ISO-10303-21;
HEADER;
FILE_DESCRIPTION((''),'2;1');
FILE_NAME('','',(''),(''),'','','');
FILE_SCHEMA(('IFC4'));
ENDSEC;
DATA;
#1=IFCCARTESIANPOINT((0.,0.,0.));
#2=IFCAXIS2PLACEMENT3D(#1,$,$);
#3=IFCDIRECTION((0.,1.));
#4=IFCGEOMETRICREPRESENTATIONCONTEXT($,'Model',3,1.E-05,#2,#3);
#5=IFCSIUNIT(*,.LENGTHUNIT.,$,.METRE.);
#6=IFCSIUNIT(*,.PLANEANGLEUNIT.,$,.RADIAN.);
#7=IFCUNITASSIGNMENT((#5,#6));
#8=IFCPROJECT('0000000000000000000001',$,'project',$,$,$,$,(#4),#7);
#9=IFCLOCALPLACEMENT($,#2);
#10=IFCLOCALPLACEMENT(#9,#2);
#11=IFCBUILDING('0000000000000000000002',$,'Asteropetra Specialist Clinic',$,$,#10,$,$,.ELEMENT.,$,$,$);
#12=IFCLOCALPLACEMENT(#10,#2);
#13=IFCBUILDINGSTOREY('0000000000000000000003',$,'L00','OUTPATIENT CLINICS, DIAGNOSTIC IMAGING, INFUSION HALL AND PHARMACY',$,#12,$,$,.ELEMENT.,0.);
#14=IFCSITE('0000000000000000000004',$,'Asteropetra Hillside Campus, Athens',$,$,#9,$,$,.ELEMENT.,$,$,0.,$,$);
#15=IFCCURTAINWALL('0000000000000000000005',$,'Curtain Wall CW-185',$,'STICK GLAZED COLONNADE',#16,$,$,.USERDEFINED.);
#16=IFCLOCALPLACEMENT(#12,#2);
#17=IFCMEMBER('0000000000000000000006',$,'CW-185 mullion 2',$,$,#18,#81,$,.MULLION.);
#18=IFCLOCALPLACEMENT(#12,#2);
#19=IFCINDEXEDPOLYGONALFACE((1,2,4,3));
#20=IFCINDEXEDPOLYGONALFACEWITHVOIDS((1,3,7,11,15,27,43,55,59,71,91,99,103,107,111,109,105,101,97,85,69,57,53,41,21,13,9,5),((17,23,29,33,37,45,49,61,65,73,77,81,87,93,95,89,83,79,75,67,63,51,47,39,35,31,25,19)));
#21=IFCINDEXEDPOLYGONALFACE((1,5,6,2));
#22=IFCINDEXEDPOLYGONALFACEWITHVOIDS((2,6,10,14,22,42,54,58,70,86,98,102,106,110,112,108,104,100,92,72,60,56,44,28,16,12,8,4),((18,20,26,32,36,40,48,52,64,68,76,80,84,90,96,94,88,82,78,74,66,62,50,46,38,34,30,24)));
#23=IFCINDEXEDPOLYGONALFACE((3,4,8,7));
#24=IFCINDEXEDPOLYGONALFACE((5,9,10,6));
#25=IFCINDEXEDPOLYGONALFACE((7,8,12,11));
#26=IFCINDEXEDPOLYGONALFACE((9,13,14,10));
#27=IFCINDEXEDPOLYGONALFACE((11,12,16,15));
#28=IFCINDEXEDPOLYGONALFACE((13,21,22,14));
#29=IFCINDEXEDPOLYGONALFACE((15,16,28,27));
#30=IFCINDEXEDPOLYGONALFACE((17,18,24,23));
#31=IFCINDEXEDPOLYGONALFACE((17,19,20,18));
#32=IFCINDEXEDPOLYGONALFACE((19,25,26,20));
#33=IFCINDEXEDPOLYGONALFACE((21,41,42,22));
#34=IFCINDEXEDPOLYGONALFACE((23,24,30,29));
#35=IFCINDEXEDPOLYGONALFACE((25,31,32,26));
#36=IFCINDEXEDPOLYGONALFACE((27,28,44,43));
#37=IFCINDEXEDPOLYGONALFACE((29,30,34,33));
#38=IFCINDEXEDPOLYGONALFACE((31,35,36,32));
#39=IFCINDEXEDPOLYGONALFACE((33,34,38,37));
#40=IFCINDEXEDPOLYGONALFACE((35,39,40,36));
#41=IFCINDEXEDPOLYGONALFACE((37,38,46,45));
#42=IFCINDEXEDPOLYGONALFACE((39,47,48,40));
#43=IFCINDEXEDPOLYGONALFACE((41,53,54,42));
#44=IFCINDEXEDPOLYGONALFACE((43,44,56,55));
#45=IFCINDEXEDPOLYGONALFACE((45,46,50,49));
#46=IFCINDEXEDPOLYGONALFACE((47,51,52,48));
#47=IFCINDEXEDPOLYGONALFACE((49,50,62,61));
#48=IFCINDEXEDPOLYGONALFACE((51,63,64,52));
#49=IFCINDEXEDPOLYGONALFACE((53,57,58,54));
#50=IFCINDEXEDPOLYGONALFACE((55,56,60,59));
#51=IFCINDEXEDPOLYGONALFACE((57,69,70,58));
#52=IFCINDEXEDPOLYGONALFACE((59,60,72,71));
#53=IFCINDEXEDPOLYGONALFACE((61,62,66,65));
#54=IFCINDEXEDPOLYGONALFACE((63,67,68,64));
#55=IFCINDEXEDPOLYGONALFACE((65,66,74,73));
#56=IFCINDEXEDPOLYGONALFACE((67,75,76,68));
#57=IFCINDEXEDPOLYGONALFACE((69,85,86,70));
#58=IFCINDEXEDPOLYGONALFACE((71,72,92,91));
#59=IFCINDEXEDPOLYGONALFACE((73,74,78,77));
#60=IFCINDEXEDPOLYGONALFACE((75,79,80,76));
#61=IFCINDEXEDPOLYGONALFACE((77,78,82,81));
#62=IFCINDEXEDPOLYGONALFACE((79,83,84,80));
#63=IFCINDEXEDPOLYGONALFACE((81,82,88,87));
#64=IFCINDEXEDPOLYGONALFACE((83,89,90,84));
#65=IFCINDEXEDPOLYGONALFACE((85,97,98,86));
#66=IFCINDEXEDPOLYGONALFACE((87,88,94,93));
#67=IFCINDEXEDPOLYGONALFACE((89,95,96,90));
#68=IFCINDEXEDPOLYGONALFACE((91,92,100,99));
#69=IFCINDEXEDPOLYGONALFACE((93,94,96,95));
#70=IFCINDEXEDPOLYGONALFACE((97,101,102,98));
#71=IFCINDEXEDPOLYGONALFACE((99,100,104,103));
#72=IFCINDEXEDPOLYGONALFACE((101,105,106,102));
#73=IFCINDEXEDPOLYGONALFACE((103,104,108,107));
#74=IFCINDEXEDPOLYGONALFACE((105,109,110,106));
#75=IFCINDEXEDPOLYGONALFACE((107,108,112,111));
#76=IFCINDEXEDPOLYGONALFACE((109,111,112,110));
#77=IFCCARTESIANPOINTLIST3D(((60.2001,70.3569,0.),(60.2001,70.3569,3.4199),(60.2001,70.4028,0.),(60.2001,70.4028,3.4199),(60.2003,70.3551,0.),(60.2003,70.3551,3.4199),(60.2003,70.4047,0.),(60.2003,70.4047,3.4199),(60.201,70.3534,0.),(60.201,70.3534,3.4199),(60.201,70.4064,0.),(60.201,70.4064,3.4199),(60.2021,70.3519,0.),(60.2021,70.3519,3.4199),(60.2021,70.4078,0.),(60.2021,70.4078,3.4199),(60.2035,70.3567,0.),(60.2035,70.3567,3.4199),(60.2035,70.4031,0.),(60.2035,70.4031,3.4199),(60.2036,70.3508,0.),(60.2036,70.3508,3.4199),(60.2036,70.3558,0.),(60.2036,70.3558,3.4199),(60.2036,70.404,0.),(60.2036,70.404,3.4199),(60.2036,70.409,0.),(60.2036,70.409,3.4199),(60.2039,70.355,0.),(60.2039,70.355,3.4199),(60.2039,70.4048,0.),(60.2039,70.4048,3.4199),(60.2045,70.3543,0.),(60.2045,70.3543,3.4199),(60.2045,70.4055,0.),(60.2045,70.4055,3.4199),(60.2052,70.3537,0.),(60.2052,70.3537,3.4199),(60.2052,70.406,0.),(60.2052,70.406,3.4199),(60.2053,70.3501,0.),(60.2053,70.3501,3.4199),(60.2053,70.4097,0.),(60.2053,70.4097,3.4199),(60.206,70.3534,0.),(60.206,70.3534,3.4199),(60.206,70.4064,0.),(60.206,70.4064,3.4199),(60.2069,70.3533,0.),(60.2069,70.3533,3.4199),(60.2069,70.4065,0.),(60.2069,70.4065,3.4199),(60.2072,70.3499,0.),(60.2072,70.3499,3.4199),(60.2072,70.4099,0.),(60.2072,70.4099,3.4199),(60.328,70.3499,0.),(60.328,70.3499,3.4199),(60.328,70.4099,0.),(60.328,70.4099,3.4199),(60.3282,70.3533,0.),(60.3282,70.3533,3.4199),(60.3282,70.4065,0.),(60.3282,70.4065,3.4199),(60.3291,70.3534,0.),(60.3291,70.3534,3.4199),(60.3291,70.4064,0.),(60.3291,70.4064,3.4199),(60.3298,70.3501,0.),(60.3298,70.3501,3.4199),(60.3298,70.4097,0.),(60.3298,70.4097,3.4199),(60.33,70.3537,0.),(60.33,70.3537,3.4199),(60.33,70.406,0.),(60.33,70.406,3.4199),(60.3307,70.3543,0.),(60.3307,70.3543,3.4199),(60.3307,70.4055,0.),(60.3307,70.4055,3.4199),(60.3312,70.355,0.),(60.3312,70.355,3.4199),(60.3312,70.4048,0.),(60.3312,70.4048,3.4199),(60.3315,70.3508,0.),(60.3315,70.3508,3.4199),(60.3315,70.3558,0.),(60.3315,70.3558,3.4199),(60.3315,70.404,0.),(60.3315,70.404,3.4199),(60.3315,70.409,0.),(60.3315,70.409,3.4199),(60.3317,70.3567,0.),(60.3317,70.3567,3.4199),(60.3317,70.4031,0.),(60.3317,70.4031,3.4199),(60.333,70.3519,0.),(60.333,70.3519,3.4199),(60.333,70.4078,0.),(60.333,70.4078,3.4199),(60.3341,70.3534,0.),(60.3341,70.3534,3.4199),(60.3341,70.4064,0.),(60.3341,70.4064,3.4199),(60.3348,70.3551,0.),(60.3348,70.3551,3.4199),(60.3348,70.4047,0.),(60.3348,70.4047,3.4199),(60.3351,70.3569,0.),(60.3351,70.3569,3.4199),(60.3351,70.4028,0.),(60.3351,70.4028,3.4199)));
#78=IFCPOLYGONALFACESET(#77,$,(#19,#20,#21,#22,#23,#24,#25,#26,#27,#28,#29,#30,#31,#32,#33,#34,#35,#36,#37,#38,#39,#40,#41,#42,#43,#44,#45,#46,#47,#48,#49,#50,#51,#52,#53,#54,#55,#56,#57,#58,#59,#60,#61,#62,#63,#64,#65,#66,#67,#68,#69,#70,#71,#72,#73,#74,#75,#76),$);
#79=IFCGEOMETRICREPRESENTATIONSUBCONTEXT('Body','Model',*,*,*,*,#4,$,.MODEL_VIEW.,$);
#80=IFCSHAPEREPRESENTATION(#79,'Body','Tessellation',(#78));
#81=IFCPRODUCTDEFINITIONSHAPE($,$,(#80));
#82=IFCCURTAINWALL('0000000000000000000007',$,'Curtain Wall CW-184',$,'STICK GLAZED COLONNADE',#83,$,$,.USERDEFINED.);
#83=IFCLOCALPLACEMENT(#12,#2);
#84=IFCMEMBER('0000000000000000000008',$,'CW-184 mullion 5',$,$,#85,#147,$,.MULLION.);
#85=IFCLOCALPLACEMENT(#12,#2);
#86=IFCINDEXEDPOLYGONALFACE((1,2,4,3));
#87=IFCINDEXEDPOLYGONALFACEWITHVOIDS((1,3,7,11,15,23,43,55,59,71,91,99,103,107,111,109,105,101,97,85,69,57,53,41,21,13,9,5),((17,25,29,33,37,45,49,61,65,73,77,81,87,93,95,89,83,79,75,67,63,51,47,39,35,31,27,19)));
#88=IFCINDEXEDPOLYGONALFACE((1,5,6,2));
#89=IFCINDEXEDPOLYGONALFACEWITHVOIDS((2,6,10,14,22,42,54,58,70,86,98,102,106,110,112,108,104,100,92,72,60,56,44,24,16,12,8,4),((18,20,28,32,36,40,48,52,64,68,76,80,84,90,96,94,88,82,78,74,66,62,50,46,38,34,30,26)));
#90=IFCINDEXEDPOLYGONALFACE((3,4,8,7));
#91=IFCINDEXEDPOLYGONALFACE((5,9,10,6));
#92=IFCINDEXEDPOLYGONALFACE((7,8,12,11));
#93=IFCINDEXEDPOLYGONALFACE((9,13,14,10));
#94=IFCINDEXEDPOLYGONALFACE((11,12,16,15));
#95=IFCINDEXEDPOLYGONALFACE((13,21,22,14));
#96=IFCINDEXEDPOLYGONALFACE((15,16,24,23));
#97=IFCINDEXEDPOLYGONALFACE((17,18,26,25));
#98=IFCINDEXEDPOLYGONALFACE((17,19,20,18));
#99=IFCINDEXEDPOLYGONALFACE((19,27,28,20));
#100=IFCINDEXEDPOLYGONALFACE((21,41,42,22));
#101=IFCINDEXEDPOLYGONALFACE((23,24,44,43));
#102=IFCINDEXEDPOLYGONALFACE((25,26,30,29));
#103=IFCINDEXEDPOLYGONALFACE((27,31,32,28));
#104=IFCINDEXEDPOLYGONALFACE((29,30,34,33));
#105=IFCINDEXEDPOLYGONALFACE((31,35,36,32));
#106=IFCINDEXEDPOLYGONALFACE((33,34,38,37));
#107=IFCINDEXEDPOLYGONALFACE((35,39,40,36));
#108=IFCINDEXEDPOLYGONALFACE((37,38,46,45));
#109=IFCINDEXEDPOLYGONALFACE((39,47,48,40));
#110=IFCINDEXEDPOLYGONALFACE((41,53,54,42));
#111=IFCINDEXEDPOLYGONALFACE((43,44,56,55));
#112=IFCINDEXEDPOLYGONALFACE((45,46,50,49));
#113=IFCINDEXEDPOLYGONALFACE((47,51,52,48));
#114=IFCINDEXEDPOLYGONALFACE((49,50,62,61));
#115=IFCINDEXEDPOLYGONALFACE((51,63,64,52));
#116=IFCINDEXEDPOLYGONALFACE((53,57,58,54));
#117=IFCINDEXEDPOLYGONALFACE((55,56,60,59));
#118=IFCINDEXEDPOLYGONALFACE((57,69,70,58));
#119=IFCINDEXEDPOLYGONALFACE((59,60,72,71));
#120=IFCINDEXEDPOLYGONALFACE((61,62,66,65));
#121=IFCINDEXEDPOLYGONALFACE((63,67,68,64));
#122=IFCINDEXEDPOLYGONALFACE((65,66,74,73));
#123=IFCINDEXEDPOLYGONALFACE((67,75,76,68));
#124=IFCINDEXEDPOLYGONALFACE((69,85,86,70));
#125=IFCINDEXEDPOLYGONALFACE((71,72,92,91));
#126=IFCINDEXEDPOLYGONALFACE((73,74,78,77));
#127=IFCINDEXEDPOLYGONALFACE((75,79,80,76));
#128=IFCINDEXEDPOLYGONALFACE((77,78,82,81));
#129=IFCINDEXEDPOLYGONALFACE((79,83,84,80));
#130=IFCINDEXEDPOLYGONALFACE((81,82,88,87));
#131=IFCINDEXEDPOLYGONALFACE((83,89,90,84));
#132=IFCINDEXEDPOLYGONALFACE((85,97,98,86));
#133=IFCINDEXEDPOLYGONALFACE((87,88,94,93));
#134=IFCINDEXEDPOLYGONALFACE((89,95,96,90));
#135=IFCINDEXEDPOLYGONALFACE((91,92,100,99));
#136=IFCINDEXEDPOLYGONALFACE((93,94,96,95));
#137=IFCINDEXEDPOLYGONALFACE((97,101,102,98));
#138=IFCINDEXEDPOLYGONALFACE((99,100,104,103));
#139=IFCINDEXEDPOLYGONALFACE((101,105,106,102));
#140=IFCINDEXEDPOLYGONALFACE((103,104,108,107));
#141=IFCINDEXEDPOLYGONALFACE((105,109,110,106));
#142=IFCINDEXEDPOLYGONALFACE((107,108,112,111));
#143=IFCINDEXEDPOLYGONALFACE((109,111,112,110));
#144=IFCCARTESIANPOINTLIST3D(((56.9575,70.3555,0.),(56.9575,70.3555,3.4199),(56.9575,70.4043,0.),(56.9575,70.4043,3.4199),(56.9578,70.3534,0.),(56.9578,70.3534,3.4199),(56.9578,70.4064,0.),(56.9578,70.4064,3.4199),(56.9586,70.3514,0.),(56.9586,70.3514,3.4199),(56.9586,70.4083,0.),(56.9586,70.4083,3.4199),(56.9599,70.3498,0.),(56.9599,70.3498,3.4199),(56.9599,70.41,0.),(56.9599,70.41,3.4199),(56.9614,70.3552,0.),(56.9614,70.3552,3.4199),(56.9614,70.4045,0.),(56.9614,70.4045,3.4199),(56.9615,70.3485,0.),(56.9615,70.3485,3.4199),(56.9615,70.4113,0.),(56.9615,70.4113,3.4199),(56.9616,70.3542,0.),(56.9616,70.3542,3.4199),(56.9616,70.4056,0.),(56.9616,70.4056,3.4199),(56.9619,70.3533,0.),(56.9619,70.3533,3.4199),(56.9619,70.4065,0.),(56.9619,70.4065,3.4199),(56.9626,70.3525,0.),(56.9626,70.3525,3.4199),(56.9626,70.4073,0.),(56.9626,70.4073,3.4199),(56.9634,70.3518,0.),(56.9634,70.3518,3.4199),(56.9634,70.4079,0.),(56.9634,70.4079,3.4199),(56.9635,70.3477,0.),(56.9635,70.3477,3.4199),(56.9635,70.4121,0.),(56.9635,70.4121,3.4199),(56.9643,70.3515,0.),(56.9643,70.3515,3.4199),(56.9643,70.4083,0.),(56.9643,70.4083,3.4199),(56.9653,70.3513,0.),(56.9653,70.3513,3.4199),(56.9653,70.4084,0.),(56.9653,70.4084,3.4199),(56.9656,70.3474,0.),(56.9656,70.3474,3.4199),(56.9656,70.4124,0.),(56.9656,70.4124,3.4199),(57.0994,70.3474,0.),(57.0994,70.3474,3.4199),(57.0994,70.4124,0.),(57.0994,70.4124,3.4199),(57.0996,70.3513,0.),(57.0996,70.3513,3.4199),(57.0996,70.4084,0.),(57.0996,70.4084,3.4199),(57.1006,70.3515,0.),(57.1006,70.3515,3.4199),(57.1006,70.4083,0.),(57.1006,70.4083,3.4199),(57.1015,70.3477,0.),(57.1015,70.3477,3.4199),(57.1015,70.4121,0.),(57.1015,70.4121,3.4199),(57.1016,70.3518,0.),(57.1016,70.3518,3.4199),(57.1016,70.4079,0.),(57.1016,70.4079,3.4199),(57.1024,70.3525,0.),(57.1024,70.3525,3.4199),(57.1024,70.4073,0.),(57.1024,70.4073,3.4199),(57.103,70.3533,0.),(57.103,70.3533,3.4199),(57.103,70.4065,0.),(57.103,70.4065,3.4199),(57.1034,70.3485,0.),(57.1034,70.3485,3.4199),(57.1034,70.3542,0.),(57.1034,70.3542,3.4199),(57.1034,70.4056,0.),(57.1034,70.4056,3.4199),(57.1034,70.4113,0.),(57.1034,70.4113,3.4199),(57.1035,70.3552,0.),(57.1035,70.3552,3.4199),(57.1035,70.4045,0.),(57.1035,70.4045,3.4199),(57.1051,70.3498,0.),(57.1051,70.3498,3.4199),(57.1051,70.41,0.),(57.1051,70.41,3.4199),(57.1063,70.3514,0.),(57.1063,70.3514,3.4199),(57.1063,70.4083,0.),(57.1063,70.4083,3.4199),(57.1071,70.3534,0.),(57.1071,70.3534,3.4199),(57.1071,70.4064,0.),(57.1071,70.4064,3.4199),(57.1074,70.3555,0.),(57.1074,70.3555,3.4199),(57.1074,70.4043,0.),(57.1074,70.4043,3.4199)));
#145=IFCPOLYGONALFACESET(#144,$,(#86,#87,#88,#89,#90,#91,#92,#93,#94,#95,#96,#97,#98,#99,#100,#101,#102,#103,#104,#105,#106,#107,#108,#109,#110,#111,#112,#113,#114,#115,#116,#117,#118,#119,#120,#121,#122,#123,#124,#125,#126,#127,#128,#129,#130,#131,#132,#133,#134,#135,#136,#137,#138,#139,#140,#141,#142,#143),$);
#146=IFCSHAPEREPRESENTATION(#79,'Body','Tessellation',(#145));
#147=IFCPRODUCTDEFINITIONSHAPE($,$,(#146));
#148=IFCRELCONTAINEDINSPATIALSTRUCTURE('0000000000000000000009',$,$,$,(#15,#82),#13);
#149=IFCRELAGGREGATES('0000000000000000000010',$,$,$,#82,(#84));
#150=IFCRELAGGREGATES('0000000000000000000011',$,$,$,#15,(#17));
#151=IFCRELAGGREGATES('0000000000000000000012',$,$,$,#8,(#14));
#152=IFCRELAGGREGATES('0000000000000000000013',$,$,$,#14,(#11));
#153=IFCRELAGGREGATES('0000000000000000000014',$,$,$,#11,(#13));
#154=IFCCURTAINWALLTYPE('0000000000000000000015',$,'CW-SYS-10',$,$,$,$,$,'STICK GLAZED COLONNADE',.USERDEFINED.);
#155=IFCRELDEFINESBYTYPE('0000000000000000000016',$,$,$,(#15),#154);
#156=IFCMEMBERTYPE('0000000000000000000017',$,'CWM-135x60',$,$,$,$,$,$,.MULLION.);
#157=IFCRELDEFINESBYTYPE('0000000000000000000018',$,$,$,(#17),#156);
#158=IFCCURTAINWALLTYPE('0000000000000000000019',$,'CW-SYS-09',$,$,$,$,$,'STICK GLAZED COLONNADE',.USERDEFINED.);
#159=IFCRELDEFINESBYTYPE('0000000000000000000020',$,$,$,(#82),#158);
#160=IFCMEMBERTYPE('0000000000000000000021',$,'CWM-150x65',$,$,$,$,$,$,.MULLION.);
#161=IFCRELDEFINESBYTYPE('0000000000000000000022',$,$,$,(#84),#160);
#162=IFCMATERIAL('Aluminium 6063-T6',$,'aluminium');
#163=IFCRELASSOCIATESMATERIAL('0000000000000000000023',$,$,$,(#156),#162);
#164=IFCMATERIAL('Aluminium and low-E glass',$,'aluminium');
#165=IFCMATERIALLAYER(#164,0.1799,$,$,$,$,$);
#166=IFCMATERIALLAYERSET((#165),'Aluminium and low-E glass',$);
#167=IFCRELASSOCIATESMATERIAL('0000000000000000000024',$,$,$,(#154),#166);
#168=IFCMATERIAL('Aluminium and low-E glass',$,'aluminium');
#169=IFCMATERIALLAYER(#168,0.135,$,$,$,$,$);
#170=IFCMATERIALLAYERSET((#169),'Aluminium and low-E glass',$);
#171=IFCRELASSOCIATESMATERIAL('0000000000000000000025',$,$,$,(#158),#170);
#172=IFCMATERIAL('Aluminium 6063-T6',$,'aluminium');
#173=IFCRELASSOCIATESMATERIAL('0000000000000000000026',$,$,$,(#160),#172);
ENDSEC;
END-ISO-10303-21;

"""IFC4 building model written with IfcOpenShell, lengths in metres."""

from ifc_helpers import new_model, si_unit, direction, frame, origin, origin_2d, place, context, subcontext, project, spatial, hollow_rectangle, extrude, material, layer, layer_set, material_profile, profile_set, type_object, element, aggregate, save


model = new_model("IFC4")

# Units and contexts
model_context = context("Model", 3, precision=1e-05, world=origin(), true_north=direction((0.0, 1.0)))
body_context = subcontext(model_context, "Body", "Model", "MODEL_VIEW")
ifc_project = project(units=[si_unit("LENGTHUNIT", "METRE"), si_unit("PLANEANGLEUNIT", "RADIAN")], contexts=[model_context])

# Site, building, storey
site_placement = place(None, origin())
site = spatial("IfcSite", under=ifc_project, at=site_placement, Name="Asteropetra Hillside Campus, Athens", CompositionType="ELEMENT", RefElevation=0.0)
building_placement = place(site_placement, origin())
building = spatial("IfcBuilding", under=site, at=building_placement, Name="Asteropetra Specialist Clinic", CompositionType="ELEMENT")
storey_placement = place(building_placement, origin())
storey = spatial("IfcBuildingStorey", under=building, at=storey_placement, Name="L00", Description="OUTPATIENT CLINICS, DIAGNOSTIC IMAGING, INFUSION HALL AND PHARMACY", CompositionType="ELEMENT", Elevation=0.0)

# Curtain wall, member
ifc_material_1 = material(Name="Aluminium 6063-T6", Category="aluminium")
ifc_material_profile_1 = material_profile(ifc_material_1, hollow_rectangle(XDim=0.0601, YDim=0.135, WallThickness=0.0034, InnerFilletRadius=0.0034, OuterFilletRadius=0.0071, at=origin_2d()), Name="MUL 135x60x3.5")
ifc_profile_set_1 = profile_set([ifc_material_profile_1], Name="Aluminium 6063-T6")
member_type_1 = type_object("IfcMemberType", Name="CWM-135x60", PredefinedType="MULLION", material=ifc_profile_set_1)
ifc_material_2 = material(Name="Aluminium and low-E glass", Category="aluminium")
ifc_layer_1 = layer(ifc_material_2, 0.1799)
ifc_layer_set_1 = layer_set([ifc_layer_1], Name="Aluminium and low-E glass")
curtain_wall_type_1 = type_object("IfcCurtainWallType", Name="CW-SYS-10", ElementType="STICK GLAZED COLONNADE", PredefinedType="USERDEFINED", material=ifc_layer_set_1)
curtain_wall_1_placement = place(storey_placement, origin())
curtain_wall_1 = element("IfcCurtainWall", 1, at=curtain_wall_1_placement, inside=storey, type_object=curtain_wall_type_1, Name="Curtain Wall CW-185", ObjectType="STICK GLAZED COLONNADE", PredefinedType="USERDEFINED")
member_1_placement = place(storey_placement, frame((60.2676, 70.3799, 0.0), z_axis=(0.0, 0.0, 1.0), x_axis=(0.0, 1.0, 0.0)))
member_1 = element("IfcMember", 2, at=member_1_placement, type_object=member_type_1, Name="CW-185 mullion 2", PredefinedType="MULLION", context=body_context, shape_type="SweptSolid", body=[
    extrude(hollow_rectangle(XDim=0.0601, YDim=0.135, WallThickness=0.0034, InnerFilletRadius=0.0034, OuterFilletRadius=0.0071, at=origin_2d()), origin(), (0.0, 0.0, 1.0), 3.4199),
])

# Curtain wall, member
ifc_material_3 = material(Name="Aluminium and low-E glass", Category="aluminium")
ifc_layer_2 = layer(ifc_material_3, 0.135)
ifc_layer_set_2 = layer_set([ifc_layer_2], Name="Aluminium and low-E glass")
curtain_wall_type_2 = type_object("IfcCurtainWallType", Name="CW-SYS-09", ElementType="STICK GLAZED COLONNADE", PredefinedType="USERDEFINED", material=ifc_layer_set_2)
curtain_wall_2_placement = place(storey_placement, origin())
curtain_wall_2 = element("IfcCurtainWall", 3, at=curtain_wall_2_placement, inside=storey, type_object=curtain_wall_type_2, Name="Curtain Wall CW-184", ObjectType="STICK GLAZED COLONNADE", PredefinedType="USERDEFINED")
ifc_material_4 = material(Name="Aluminium 6063-T6", Category="aluminium")
ifc_material_profile_2 = material_profile(ifc_material_4, hollow_rectangle(XDim=0.0649, YDim=0.1499, WallThickness=0.0039, InnerFilletRadius=0.0039, OuterFilletRadius=0.0081, at=origin_2d()), Name="MUL 150x65x4.0")
ifc_profile_set_2 = profile_set([ifc_material_profile_2], Name="Aluminium 6063-T6")
member_type_2 = type_object("IfcMemberType", Name="CWM-150x65", PredefinedType="MULLION", material=ifc_profile_set_2)
member_2_placement = place(storey_placement, frame((57.0325, 70.3799, 0.0), z_axis=(0.0, 0.0, 1.0), x_axis=(0.0, 1.0, 0.0)))
member_2 = element("IfcMember", 4, at=member_2_placement, type_object=member_type_2, Name="CW-184 mullion 5", PredefinedType="MULLION", context=body_context, shape_type="SweptSolid", body=[
    extrude(hollow_rectangle(XDim=0.0649, YDim=0.1499, WallThickness=0.0039, InnerFilletRadius=0.0039, OuterFilletRadius=0.0081, at=origin_2d()), origin(), (0.0, 0.0, 1.0), 3.4199),
])

aggregate(curtain_wall_2, [member_2])
aggregate(curtain_wall_1, [member_1])

save(model, "model.ifc")
